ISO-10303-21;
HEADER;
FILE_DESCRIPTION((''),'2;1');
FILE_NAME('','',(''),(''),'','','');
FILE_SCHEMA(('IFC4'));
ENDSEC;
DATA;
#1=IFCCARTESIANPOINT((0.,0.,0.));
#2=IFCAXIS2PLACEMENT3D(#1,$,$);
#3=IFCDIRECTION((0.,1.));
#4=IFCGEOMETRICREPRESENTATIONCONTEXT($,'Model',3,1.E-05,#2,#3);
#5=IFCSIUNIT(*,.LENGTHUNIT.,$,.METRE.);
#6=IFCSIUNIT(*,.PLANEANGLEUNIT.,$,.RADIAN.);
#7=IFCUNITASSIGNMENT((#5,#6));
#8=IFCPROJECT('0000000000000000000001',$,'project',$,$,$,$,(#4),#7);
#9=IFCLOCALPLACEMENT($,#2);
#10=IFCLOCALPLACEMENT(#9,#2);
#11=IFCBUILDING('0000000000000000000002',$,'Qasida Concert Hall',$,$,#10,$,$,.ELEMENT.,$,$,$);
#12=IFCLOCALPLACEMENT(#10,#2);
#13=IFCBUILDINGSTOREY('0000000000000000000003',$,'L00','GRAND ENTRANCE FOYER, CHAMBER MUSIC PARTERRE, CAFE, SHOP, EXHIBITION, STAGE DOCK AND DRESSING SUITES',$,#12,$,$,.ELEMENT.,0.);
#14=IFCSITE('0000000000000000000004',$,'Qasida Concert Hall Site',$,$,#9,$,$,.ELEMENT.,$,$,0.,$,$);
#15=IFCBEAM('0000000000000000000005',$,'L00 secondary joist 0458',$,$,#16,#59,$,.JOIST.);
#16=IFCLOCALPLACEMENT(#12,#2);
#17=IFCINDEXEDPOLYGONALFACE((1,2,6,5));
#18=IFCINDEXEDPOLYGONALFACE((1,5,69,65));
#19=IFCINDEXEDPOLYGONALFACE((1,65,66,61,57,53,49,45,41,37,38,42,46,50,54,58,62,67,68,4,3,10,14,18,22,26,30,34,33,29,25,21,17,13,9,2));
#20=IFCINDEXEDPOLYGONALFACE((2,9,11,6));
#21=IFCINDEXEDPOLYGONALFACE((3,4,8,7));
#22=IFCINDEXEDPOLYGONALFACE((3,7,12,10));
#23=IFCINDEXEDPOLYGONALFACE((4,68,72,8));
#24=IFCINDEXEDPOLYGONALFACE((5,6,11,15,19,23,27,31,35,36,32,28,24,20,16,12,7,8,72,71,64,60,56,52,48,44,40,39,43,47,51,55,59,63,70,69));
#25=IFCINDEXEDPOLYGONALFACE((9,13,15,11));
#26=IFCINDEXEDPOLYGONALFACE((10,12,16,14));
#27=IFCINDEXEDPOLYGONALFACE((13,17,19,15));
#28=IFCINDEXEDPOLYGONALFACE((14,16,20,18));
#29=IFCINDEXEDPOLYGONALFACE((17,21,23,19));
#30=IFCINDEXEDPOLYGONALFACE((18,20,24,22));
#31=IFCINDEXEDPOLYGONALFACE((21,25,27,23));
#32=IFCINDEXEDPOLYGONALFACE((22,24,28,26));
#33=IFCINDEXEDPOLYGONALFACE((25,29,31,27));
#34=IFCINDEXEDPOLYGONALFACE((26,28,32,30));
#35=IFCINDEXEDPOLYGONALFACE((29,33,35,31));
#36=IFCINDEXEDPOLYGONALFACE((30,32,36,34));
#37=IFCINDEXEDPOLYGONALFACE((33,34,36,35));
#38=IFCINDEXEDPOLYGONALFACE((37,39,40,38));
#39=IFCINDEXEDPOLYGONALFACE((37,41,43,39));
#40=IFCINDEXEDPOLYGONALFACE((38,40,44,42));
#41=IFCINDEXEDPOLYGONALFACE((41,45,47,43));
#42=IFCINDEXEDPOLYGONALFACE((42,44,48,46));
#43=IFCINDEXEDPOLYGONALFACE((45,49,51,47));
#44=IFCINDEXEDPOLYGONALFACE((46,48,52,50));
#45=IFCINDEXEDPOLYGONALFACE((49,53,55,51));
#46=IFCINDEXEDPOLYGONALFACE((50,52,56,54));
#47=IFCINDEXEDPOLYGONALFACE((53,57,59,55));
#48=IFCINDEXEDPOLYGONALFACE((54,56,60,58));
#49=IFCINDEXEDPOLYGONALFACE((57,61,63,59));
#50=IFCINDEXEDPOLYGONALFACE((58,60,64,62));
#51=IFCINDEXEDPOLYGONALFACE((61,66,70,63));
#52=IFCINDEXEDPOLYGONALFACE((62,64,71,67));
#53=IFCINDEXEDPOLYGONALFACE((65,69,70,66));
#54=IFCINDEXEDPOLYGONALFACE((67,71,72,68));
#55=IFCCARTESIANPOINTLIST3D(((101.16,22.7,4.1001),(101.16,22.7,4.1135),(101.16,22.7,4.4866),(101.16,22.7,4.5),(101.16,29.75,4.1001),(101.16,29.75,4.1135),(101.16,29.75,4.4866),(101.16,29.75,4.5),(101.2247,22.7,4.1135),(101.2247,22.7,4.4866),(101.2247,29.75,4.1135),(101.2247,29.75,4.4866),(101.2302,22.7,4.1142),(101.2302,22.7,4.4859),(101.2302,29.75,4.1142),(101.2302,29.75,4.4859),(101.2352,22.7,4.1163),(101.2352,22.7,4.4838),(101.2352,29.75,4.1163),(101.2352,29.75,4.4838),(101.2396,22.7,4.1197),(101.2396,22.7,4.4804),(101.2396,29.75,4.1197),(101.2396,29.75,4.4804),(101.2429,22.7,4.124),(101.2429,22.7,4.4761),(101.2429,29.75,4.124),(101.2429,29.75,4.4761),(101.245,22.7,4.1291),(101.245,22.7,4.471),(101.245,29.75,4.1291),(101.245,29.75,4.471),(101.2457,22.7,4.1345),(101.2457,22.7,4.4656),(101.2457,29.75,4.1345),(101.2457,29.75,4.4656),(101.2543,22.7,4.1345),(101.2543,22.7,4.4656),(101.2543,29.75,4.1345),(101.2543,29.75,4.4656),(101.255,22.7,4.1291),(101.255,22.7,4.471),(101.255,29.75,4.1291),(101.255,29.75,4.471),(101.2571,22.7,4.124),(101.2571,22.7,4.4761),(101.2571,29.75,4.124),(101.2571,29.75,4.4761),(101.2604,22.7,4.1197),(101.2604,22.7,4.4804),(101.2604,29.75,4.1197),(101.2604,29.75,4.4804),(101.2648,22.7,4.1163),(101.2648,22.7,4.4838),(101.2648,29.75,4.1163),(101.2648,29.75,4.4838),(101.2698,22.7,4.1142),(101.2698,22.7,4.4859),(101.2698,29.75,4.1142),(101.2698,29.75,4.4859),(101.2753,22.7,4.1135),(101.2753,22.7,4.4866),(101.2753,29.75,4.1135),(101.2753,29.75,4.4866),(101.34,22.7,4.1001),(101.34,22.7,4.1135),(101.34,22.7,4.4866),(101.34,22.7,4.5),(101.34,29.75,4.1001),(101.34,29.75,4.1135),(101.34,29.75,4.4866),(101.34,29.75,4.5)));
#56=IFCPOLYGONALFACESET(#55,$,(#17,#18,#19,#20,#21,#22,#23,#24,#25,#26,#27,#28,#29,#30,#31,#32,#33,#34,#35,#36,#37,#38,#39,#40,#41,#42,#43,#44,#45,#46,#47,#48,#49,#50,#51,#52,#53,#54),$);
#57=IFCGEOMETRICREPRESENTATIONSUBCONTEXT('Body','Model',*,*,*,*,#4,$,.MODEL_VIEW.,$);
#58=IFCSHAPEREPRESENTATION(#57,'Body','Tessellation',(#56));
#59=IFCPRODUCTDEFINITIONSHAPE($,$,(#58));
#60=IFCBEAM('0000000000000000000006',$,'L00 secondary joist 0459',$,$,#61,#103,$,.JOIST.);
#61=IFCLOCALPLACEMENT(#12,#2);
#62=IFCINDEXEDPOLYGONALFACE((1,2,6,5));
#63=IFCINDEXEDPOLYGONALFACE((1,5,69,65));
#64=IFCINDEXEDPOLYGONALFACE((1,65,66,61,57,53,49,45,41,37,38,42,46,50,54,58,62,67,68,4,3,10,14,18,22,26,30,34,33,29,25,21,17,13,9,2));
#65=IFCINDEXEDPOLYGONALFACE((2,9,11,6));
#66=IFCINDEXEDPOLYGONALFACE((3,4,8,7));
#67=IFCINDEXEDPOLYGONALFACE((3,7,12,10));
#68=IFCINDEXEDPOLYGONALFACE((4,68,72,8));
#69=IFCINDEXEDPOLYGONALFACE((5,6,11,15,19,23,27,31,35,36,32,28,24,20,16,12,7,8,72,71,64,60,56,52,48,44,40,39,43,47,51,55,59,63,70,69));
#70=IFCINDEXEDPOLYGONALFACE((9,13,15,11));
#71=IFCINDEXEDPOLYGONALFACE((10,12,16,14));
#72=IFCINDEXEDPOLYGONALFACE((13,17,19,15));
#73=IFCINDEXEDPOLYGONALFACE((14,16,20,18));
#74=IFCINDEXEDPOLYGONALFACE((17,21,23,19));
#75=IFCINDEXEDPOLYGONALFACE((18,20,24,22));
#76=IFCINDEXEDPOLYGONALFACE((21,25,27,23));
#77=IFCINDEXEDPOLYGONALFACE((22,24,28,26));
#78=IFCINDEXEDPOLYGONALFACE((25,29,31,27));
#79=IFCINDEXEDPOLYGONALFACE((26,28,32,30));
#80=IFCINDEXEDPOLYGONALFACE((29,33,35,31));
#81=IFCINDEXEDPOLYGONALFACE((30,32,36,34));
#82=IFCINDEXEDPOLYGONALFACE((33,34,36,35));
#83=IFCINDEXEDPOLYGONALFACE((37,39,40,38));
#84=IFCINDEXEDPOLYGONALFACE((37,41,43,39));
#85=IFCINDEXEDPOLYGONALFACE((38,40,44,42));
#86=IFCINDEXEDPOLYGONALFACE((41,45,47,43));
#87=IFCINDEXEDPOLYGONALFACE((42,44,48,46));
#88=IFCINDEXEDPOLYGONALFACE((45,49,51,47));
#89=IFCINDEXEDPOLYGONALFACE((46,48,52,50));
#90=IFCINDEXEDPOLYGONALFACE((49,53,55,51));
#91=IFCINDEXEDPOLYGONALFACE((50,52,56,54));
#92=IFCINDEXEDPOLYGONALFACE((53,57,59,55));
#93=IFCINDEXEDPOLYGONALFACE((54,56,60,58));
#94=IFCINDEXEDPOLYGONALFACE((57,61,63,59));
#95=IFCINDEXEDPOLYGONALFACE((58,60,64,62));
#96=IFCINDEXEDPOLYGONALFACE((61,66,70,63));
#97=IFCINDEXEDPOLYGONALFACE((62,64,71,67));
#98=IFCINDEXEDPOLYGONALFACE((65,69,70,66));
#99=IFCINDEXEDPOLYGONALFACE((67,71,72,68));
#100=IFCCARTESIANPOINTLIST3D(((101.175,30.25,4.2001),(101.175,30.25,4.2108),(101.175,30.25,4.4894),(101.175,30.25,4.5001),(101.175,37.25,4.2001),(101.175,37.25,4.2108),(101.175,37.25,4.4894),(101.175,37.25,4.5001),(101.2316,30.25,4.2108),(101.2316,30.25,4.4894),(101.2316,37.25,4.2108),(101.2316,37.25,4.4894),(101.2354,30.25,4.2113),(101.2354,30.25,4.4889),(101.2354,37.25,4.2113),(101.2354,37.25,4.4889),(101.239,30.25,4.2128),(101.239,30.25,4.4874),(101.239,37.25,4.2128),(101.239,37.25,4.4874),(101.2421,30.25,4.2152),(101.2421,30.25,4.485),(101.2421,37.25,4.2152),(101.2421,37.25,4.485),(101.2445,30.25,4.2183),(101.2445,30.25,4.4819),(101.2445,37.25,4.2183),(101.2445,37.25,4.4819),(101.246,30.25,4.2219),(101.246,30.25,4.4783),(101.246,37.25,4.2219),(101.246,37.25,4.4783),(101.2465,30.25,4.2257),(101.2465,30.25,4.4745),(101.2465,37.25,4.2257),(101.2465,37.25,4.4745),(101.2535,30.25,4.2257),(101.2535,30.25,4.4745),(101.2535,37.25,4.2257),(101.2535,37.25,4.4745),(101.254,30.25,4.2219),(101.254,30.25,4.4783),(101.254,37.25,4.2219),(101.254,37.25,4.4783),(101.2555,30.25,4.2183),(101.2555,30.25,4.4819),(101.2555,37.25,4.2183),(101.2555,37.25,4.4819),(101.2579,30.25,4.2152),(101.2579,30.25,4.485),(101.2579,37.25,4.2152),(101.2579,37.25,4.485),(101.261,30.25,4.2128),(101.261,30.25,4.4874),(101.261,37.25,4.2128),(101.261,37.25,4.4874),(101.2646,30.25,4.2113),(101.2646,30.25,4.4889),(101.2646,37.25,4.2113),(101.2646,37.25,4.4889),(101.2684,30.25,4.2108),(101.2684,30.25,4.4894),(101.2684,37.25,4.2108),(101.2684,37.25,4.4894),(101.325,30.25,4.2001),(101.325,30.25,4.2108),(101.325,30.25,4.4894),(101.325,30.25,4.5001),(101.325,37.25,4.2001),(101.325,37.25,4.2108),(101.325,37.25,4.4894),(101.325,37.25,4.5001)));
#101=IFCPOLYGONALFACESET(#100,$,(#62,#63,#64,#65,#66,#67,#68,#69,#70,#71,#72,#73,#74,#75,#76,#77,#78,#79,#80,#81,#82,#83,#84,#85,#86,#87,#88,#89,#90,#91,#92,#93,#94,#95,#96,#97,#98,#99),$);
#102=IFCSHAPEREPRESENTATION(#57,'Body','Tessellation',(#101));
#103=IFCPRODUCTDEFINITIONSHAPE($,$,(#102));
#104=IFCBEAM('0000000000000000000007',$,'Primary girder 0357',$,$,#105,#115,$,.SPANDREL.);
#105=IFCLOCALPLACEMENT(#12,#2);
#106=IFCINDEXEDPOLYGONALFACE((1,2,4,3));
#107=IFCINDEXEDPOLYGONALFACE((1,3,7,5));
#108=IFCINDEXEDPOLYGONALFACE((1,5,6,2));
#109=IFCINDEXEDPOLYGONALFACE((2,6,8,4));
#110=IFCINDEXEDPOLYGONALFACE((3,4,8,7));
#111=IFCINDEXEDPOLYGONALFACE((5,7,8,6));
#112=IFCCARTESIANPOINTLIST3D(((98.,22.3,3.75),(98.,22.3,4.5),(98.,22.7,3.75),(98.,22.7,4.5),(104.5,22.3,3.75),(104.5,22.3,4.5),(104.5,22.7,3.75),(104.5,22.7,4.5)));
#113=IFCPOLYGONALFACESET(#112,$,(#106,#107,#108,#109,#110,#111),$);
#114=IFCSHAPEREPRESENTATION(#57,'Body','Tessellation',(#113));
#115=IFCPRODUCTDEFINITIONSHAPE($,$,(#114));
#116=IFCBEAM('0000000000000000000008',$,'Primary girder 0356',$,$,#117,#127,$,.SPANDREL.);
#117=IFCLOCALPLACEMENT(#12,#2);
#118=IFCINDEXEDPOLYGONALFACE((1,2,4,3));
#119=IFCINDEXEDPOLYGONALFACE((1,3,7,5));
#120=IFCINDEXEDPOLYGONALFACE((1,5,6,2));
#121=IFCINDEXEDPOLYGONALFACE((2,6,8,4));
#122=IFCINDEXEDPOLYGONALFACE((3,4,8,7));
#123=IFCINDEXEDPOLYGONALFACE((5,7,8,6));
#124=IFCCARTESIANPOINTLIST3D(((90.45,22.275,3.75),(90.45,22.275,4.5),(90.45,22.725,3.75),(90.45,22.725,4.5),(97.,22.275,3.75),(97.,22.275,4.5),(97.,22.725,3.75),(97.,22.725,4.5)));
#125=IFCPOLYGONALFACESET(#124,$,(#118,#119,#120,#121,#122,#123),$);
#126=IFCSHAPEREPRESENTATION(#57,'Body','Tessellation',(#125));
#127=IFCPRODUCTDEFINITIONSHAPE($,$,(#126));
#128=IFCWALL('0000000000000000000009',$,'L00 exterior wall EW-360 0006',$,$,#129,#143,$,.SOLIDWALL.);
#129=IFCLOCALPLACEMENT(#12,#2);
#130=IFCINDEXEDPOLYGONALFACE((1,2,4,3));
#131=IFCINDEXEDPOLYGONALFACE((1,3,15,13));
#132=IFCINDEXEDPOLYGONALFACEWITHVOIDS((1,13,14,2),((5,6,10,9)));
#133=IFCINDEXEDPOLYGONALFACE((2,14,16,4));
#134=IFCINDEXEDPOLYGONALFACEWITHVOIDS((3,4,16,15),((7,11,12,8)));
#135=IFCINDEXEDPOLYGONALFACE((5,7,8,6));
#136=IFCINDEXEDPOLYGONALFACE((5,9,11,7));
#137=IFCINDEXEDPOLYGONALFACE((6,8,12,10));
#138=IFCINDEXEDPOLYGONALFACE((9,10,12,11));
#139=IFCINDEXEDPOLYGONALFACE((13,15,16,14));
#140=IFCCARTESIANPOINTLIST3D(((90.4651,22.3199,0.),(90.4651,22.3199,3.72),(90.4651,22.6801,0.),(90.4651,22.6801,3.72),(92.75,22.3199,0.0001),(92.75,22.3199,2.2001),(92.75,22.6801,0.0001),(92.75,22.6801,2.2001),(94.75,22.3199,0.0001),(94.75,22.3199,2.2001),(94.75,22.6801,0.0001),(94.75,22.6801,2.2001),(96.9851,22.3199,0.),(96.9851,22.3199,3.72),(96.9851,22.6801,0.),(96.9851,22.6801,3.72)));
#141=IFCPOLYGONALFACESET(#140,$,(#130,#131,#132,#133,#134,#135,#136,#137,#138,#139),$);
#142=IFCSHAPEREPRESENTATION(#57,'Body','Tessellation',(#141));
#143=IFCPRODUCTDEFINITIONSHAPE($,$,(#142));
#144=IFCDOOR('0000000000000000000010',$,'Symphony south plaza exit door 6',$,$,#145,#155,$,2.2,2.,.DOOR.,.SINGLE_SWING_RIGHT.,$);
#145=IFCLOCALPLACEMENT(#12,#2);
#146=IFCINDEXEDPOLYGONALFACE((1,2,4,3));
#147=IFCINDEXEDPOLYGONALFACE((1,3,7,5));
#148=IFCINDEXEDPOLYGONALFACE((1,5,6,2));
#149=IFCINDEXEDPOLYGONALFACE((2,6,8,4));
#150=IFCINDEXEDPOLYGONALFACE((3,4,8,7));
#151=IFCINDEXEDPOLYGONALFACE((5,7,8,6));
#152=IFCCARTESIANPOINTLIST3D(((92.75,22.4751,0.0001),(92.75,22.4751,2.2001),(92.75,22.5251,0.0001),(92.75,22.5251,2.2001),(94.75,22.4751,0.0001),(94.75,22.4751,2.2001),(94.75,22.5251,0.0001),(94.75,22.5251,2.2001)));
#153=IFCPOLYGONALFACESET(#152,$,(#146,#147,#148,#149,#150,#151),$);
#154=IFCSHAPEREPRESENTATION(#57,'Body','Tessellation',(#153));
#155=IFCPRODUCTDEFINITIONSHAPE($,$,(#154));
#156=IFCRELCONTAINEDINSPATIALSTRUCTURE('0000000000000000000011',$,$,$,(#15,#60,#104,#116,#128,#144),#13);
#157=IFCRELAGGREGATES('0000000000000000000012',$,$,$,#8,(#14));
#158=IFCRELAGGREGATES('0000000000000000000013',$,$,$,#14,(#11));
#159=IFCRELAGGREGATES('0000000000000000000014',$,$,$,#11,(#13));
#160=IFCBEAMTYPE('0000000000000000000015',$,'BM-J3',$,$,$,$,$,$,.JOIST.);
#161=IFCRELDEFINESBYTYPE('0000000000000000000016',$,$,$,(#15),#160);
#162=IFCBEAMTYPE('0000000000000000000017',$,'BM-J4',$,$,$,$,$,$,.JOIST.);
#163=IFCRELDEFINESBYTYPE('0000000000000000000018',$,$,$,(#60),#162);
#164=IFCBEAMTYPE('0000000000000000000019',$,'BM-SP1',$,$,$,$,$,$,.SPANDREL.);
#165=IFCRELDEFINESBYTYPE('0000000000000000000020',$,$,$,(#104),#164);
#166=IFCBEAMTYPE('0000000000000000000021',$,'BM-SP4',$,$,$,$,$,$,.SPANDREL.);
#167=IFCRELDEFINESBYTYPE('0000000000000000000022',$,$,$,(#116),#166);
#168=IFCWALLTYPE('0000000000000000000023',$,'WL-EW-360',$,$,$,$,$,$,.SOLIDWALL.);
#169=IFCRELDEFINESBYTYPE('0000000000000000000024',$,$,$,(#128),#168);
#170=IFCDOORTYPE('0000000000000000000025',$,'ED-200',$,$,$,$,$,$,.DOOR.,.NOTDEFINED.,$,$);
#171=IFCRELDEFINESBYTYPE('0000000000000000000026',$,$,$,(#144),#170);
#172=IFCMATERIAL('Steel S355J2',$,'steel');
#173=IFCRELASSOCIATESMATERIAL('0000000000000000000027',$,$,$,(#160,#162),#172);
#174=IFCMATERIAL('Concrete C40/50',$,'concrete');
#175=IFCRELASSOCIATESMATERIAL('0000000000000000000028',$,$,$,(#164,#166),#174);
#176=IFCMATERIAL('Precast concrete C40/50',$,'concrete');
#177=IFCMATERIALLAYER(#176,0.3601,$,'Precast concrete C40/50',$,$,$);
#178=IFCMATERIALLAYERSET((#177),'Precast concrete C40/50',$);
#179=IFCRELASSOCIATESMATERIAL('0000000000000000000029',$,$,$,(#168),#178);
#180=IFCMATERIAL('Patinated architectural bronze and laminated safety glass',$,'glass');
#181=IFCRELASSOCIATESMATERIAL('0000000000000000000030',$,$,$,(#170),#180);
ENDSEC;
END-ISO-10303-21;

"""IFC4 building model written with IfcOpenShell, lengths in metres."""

from ifc_helpers import new_model, si_unit, direction, frame, frame_2d, origin, origin_2d, place, context, subcontext, project, spatial, rectangle, i_section, extrude, material, layer, layer_set, material_profile, profile_set, type_object, element, fill, save


model = new_model("IFC4")

# Units and contexts
model_context = context("Model", 3, precision=1e-05, world=origin(), true_north=direction((0.0, 1.0)))
body_context = subcontext(model_context, "Body", "Model", "MODEL_VIEW")
ifc_project = project(units=[si_unit("LENGTHUNIT", "METRE"), si_unit("PLANEANGLEUNIT", "RADIAN")], contexts=[model_context])

# Site, building, storey
site_placement = place(None, origin())
site = spatial("IfcSite", under=ifc_project, at=site_placement, Name="Qasida Concert Hall Site", CompositionType="ELEMENT", RefElevation=0.0)
building_placement = place(site_placement, origin())
building = spatial("IfcBuilding", under=site, at=building_placement, Name="Qasida Concert Hall", CompositionType="ELEMENT")
storey_placement = place(building_placement, origin())
storey = spatial("IfcBuildingStorey", under=building, at=storey_placement, Name="L00", Description="GRAND ENTRANCE FOYER, CHAMBER MUSIC PARTERRE, CAFE, SHOP, EXHIBITION, STAGE DOCK AND DRESSING SUITES", CompositionType="ELEMENT", Elevation=0.0)

# Beams
ifc_material_1 = material(Name="Concrete C40/50", Category="concrete")
ifc_material_2 = material(Name="Steel S355J2", Category="steel")
ifc_material_profile_1 = material_profile(ifc_material_2, i_section(OverallWidth=0.1799, OverallDepth=0.3999, WebThickness=0.0085, FlangeThickness=0.0134, FilletRadius=0.021, at=origin_2d()), Name="IPE 400")
ifc_profile_set_1 = profile_set([ifc_material_profile_1], Name="Steel S355J2")
beam_type_1 = type_object("IfcBeamType", Name="BM-J3", PredefinedType="JOIST", material=ifc_profile_set_1)
beam_1_placement = place(storey_placement, frame((101.25, 22.7, 4.3), z_axis=(0.0, 1.0, 0.0), x_axis=(-1.0, 0.0, 0.0)))
element("IfcBeam", 1, at=beam_1_placement, inside=storey, type_object=beam_type_1, Name="L00 secondary joist 0458", PredefinedType="JOIST", context=body_context, shape_type="SweptSolid", body=[
    extrude(i_section(OverallWidth=0.1799, OverallDepth=0.3999, WebThickness=0.0085, FlangeThickness=0.0134, FilletRadius=0.021, at=origin_2d()), origin(), (0.0, 0.0, 1.0), 7.05),
])
ifc_material_profile_2 = material_profile(ifc_material_2, i_section(OverallWidth=0.1499, OverallDepth=0.3, WebThickness=0.0071, FlangeThickness=0.0107, FilletRadius=0.0149, at=origin_2d()), Name="IPE 300")
ifc_profile_set_2 = profile_set([ifc_material_profile_2], Name="Steel S355J2")
beam_type_2 = type_object("IfcBeamType", Name="BM-J4", PredefinedType="JOIST", material=ifc_profile_set_2)
beam_2_placement = place(storey_placement, frame((101.25, 30.25, 4.3501), z_axis=(0.0, 1.0, 0.0), x_axis=(-1.0, 0.0, 0.0)))
element("IfcBeam", 2, at=beam_2_placement, inside=storey, type_object=beam_type_2, Name="L00 secondary joist 0459", PredefinedType="JOIST", context=body_context, shape_type="SweptSolid", body=[
    extrude(i_section(OverallWidth=0.1499, OverallDepth=0.3, WebThickness=0.0071, FlangeThickness=0.0107, FilletRadius=0.0149, at=origin_2d()), origin(), (0.0, 0.0, 1.0), 7.0),
])
ifc_material_profile_3 = material_profile(ifc_material_1, rectangle(XDim=0.3999, YDim=0.75, at=origin_2d()), Name="RC 400x750")
ifc_profile_set_3 = profile_set([ifc_material_profile_3], Name="Concrete C40/50")
beam_type_3 = type_object("IfcBeamType", Name="BM-SP1", PredefinedType="SPANDREL", material=ifc_profile_set_3)
beam_3_placement = place(storey_placement, frame((98.0, 22.5, 4.125), z_axis=(1.0, 0.0, 0.0), x_axis=(0.0, 1.0, 0.0)))
element("IfcBeam", 3, at=beam_3_placement, inside=storey, type_object=beam_type_3, Name="Primary girder 0357", PredefinedType="SPANDREL", context=body_context, shape_type="SweptSolid", body=[
    extrude(rectangle(XDim=0.3999, YDim=0.75, at=origin_2d()), origin(), (0.0, 0.0, 1.0), 6.5),
])
ifc_material_profile_4 = material_profile(ifc_material_1, rectangle(XDim=0.45, YDim=0.75, at=origin_2d()), Name="RC 450x750")
ifc_profile_set_4 = profile_set([ifc_material_profile_4], Name="Concrete C40/50")
beam_type_4 = type_object("IfcBeamType", Name="BM-SP4", PredefinedType="SPANDREL", material=ifc_profile_set_4)
beam_4_placement = place(storey_placement, frame((90.45, 22.5, 4.125), z_axis=(1.0, 0.0, 0.0), x_axis=(0.0, 1.0, 0.0)))
element("IfcBeam", 4, at=beam_4_placement, inside=storey, type_object=beam_type_4, Name="Primary girder 0356", PredefinedType="SPANDREL", context=body_context, shape_type="SweptSolid", body=[
    extrude(rectangle(XDim=0.45, YDim=0.75, at=origin_2d()), origin(), (0.0, 0.0, 1.0), 6.55),
])

# Wall, opening, door
ifc_material_3 = material(Name="Precast concrete C40/50", Category="concrete")
ifc_layer_1 = layer(ifc_material_3, 0.3601, Name="Precast concrete C40/50")
ifc_layer_set_1 = layer_set([ifc_layer_1], Name="Precast concrete C40/50")
wall_type_1 = type_object("IfcWallType", Name="WL-EW-360", PredefinedType="SOLIDWALL", material=ifc_layer_set_1)
wall_1_placement = place(storey_placement, frame((90.4651, 22.5, 0.0), z_axis=(0.0, 0.0, 1.0), x_axis=(1.0, 0.0, 0.0)))
wall_1 = element("IfcWall", 5, at=wall_1_placement, inside=storey, type_object=wall_type_1, Name="L00 exterior wall EW-360 0006", PredefinedType="SOLIDWALL", context=body_context, shape_type="SweptSolid", body=[
    extrude(rectangle(XDim=6.52, YDim=0.3601, at=frame_2d((3.26, 0.0))), origin(), (0.0, 0.0, 1.0), 3.72),
])
opening_1_placement = place(wall_1_placement, frame((2.2849, 0.0, 0.0)))
opening_1 = element("IfcOpeningElement", 6, at=opening_1_placement, cuts=wall_1, PredefinedType="OPENING", context=body_context, shape_type="SweptSolid", body=[
    extrude(rectangle(XDim=2.0, YDim=2.2, at=frame_2d((1.0, 1.1001))), frame((0.0, 0.1899, 0.0), z_axis=(0.0, -1.0, 0.0), x_axis=(1.0, 0.0, 0.0)), (0.0, 0.0, 1.0), 0.3801),
])
ifc_material_4 = material(Name="Patinated architectural bronze and laminated safety glass", Category="glass")
door_type_1 = type_object("IfcDoorType", Name="ED-200", OperationType="NOTDEFINED", PredefinedType="DOOR", material=ifc_material_4)
door_1_placement = place(opening_1_placement, frame((2.0, 0.0, 0.0), z_axis=(0.0, 0.0, 1.0), x_axis=(-1.0, 0.0, 0.0)))
door_1 = element("IfcDoor", 7, at=door_1_placement, inside=storey, type_object=door_type_1, Name="Symphony south plaza exit door 6", OperationType="SINGLE_SWING_RIGHT", OverallHeight=2.2, OverallWidth=2.0, PredefinedType="DOOR", context=body_context, shape_type="SweptSolid", body=[
    extrude(rectangle(XDim=2.0, YDim=2.2, at=frame_2d((1.0, 1.1001))), frame((0.0, 0.0249, 0.0), z_axis=(0.0, -1.0, 0.0), x_axis=(1.0, 0.0, 0.0)), (0.0, 0.0, 1.0), 0.05),
])
fill(opening_1, door_1)

save(model, "model.ifc")
